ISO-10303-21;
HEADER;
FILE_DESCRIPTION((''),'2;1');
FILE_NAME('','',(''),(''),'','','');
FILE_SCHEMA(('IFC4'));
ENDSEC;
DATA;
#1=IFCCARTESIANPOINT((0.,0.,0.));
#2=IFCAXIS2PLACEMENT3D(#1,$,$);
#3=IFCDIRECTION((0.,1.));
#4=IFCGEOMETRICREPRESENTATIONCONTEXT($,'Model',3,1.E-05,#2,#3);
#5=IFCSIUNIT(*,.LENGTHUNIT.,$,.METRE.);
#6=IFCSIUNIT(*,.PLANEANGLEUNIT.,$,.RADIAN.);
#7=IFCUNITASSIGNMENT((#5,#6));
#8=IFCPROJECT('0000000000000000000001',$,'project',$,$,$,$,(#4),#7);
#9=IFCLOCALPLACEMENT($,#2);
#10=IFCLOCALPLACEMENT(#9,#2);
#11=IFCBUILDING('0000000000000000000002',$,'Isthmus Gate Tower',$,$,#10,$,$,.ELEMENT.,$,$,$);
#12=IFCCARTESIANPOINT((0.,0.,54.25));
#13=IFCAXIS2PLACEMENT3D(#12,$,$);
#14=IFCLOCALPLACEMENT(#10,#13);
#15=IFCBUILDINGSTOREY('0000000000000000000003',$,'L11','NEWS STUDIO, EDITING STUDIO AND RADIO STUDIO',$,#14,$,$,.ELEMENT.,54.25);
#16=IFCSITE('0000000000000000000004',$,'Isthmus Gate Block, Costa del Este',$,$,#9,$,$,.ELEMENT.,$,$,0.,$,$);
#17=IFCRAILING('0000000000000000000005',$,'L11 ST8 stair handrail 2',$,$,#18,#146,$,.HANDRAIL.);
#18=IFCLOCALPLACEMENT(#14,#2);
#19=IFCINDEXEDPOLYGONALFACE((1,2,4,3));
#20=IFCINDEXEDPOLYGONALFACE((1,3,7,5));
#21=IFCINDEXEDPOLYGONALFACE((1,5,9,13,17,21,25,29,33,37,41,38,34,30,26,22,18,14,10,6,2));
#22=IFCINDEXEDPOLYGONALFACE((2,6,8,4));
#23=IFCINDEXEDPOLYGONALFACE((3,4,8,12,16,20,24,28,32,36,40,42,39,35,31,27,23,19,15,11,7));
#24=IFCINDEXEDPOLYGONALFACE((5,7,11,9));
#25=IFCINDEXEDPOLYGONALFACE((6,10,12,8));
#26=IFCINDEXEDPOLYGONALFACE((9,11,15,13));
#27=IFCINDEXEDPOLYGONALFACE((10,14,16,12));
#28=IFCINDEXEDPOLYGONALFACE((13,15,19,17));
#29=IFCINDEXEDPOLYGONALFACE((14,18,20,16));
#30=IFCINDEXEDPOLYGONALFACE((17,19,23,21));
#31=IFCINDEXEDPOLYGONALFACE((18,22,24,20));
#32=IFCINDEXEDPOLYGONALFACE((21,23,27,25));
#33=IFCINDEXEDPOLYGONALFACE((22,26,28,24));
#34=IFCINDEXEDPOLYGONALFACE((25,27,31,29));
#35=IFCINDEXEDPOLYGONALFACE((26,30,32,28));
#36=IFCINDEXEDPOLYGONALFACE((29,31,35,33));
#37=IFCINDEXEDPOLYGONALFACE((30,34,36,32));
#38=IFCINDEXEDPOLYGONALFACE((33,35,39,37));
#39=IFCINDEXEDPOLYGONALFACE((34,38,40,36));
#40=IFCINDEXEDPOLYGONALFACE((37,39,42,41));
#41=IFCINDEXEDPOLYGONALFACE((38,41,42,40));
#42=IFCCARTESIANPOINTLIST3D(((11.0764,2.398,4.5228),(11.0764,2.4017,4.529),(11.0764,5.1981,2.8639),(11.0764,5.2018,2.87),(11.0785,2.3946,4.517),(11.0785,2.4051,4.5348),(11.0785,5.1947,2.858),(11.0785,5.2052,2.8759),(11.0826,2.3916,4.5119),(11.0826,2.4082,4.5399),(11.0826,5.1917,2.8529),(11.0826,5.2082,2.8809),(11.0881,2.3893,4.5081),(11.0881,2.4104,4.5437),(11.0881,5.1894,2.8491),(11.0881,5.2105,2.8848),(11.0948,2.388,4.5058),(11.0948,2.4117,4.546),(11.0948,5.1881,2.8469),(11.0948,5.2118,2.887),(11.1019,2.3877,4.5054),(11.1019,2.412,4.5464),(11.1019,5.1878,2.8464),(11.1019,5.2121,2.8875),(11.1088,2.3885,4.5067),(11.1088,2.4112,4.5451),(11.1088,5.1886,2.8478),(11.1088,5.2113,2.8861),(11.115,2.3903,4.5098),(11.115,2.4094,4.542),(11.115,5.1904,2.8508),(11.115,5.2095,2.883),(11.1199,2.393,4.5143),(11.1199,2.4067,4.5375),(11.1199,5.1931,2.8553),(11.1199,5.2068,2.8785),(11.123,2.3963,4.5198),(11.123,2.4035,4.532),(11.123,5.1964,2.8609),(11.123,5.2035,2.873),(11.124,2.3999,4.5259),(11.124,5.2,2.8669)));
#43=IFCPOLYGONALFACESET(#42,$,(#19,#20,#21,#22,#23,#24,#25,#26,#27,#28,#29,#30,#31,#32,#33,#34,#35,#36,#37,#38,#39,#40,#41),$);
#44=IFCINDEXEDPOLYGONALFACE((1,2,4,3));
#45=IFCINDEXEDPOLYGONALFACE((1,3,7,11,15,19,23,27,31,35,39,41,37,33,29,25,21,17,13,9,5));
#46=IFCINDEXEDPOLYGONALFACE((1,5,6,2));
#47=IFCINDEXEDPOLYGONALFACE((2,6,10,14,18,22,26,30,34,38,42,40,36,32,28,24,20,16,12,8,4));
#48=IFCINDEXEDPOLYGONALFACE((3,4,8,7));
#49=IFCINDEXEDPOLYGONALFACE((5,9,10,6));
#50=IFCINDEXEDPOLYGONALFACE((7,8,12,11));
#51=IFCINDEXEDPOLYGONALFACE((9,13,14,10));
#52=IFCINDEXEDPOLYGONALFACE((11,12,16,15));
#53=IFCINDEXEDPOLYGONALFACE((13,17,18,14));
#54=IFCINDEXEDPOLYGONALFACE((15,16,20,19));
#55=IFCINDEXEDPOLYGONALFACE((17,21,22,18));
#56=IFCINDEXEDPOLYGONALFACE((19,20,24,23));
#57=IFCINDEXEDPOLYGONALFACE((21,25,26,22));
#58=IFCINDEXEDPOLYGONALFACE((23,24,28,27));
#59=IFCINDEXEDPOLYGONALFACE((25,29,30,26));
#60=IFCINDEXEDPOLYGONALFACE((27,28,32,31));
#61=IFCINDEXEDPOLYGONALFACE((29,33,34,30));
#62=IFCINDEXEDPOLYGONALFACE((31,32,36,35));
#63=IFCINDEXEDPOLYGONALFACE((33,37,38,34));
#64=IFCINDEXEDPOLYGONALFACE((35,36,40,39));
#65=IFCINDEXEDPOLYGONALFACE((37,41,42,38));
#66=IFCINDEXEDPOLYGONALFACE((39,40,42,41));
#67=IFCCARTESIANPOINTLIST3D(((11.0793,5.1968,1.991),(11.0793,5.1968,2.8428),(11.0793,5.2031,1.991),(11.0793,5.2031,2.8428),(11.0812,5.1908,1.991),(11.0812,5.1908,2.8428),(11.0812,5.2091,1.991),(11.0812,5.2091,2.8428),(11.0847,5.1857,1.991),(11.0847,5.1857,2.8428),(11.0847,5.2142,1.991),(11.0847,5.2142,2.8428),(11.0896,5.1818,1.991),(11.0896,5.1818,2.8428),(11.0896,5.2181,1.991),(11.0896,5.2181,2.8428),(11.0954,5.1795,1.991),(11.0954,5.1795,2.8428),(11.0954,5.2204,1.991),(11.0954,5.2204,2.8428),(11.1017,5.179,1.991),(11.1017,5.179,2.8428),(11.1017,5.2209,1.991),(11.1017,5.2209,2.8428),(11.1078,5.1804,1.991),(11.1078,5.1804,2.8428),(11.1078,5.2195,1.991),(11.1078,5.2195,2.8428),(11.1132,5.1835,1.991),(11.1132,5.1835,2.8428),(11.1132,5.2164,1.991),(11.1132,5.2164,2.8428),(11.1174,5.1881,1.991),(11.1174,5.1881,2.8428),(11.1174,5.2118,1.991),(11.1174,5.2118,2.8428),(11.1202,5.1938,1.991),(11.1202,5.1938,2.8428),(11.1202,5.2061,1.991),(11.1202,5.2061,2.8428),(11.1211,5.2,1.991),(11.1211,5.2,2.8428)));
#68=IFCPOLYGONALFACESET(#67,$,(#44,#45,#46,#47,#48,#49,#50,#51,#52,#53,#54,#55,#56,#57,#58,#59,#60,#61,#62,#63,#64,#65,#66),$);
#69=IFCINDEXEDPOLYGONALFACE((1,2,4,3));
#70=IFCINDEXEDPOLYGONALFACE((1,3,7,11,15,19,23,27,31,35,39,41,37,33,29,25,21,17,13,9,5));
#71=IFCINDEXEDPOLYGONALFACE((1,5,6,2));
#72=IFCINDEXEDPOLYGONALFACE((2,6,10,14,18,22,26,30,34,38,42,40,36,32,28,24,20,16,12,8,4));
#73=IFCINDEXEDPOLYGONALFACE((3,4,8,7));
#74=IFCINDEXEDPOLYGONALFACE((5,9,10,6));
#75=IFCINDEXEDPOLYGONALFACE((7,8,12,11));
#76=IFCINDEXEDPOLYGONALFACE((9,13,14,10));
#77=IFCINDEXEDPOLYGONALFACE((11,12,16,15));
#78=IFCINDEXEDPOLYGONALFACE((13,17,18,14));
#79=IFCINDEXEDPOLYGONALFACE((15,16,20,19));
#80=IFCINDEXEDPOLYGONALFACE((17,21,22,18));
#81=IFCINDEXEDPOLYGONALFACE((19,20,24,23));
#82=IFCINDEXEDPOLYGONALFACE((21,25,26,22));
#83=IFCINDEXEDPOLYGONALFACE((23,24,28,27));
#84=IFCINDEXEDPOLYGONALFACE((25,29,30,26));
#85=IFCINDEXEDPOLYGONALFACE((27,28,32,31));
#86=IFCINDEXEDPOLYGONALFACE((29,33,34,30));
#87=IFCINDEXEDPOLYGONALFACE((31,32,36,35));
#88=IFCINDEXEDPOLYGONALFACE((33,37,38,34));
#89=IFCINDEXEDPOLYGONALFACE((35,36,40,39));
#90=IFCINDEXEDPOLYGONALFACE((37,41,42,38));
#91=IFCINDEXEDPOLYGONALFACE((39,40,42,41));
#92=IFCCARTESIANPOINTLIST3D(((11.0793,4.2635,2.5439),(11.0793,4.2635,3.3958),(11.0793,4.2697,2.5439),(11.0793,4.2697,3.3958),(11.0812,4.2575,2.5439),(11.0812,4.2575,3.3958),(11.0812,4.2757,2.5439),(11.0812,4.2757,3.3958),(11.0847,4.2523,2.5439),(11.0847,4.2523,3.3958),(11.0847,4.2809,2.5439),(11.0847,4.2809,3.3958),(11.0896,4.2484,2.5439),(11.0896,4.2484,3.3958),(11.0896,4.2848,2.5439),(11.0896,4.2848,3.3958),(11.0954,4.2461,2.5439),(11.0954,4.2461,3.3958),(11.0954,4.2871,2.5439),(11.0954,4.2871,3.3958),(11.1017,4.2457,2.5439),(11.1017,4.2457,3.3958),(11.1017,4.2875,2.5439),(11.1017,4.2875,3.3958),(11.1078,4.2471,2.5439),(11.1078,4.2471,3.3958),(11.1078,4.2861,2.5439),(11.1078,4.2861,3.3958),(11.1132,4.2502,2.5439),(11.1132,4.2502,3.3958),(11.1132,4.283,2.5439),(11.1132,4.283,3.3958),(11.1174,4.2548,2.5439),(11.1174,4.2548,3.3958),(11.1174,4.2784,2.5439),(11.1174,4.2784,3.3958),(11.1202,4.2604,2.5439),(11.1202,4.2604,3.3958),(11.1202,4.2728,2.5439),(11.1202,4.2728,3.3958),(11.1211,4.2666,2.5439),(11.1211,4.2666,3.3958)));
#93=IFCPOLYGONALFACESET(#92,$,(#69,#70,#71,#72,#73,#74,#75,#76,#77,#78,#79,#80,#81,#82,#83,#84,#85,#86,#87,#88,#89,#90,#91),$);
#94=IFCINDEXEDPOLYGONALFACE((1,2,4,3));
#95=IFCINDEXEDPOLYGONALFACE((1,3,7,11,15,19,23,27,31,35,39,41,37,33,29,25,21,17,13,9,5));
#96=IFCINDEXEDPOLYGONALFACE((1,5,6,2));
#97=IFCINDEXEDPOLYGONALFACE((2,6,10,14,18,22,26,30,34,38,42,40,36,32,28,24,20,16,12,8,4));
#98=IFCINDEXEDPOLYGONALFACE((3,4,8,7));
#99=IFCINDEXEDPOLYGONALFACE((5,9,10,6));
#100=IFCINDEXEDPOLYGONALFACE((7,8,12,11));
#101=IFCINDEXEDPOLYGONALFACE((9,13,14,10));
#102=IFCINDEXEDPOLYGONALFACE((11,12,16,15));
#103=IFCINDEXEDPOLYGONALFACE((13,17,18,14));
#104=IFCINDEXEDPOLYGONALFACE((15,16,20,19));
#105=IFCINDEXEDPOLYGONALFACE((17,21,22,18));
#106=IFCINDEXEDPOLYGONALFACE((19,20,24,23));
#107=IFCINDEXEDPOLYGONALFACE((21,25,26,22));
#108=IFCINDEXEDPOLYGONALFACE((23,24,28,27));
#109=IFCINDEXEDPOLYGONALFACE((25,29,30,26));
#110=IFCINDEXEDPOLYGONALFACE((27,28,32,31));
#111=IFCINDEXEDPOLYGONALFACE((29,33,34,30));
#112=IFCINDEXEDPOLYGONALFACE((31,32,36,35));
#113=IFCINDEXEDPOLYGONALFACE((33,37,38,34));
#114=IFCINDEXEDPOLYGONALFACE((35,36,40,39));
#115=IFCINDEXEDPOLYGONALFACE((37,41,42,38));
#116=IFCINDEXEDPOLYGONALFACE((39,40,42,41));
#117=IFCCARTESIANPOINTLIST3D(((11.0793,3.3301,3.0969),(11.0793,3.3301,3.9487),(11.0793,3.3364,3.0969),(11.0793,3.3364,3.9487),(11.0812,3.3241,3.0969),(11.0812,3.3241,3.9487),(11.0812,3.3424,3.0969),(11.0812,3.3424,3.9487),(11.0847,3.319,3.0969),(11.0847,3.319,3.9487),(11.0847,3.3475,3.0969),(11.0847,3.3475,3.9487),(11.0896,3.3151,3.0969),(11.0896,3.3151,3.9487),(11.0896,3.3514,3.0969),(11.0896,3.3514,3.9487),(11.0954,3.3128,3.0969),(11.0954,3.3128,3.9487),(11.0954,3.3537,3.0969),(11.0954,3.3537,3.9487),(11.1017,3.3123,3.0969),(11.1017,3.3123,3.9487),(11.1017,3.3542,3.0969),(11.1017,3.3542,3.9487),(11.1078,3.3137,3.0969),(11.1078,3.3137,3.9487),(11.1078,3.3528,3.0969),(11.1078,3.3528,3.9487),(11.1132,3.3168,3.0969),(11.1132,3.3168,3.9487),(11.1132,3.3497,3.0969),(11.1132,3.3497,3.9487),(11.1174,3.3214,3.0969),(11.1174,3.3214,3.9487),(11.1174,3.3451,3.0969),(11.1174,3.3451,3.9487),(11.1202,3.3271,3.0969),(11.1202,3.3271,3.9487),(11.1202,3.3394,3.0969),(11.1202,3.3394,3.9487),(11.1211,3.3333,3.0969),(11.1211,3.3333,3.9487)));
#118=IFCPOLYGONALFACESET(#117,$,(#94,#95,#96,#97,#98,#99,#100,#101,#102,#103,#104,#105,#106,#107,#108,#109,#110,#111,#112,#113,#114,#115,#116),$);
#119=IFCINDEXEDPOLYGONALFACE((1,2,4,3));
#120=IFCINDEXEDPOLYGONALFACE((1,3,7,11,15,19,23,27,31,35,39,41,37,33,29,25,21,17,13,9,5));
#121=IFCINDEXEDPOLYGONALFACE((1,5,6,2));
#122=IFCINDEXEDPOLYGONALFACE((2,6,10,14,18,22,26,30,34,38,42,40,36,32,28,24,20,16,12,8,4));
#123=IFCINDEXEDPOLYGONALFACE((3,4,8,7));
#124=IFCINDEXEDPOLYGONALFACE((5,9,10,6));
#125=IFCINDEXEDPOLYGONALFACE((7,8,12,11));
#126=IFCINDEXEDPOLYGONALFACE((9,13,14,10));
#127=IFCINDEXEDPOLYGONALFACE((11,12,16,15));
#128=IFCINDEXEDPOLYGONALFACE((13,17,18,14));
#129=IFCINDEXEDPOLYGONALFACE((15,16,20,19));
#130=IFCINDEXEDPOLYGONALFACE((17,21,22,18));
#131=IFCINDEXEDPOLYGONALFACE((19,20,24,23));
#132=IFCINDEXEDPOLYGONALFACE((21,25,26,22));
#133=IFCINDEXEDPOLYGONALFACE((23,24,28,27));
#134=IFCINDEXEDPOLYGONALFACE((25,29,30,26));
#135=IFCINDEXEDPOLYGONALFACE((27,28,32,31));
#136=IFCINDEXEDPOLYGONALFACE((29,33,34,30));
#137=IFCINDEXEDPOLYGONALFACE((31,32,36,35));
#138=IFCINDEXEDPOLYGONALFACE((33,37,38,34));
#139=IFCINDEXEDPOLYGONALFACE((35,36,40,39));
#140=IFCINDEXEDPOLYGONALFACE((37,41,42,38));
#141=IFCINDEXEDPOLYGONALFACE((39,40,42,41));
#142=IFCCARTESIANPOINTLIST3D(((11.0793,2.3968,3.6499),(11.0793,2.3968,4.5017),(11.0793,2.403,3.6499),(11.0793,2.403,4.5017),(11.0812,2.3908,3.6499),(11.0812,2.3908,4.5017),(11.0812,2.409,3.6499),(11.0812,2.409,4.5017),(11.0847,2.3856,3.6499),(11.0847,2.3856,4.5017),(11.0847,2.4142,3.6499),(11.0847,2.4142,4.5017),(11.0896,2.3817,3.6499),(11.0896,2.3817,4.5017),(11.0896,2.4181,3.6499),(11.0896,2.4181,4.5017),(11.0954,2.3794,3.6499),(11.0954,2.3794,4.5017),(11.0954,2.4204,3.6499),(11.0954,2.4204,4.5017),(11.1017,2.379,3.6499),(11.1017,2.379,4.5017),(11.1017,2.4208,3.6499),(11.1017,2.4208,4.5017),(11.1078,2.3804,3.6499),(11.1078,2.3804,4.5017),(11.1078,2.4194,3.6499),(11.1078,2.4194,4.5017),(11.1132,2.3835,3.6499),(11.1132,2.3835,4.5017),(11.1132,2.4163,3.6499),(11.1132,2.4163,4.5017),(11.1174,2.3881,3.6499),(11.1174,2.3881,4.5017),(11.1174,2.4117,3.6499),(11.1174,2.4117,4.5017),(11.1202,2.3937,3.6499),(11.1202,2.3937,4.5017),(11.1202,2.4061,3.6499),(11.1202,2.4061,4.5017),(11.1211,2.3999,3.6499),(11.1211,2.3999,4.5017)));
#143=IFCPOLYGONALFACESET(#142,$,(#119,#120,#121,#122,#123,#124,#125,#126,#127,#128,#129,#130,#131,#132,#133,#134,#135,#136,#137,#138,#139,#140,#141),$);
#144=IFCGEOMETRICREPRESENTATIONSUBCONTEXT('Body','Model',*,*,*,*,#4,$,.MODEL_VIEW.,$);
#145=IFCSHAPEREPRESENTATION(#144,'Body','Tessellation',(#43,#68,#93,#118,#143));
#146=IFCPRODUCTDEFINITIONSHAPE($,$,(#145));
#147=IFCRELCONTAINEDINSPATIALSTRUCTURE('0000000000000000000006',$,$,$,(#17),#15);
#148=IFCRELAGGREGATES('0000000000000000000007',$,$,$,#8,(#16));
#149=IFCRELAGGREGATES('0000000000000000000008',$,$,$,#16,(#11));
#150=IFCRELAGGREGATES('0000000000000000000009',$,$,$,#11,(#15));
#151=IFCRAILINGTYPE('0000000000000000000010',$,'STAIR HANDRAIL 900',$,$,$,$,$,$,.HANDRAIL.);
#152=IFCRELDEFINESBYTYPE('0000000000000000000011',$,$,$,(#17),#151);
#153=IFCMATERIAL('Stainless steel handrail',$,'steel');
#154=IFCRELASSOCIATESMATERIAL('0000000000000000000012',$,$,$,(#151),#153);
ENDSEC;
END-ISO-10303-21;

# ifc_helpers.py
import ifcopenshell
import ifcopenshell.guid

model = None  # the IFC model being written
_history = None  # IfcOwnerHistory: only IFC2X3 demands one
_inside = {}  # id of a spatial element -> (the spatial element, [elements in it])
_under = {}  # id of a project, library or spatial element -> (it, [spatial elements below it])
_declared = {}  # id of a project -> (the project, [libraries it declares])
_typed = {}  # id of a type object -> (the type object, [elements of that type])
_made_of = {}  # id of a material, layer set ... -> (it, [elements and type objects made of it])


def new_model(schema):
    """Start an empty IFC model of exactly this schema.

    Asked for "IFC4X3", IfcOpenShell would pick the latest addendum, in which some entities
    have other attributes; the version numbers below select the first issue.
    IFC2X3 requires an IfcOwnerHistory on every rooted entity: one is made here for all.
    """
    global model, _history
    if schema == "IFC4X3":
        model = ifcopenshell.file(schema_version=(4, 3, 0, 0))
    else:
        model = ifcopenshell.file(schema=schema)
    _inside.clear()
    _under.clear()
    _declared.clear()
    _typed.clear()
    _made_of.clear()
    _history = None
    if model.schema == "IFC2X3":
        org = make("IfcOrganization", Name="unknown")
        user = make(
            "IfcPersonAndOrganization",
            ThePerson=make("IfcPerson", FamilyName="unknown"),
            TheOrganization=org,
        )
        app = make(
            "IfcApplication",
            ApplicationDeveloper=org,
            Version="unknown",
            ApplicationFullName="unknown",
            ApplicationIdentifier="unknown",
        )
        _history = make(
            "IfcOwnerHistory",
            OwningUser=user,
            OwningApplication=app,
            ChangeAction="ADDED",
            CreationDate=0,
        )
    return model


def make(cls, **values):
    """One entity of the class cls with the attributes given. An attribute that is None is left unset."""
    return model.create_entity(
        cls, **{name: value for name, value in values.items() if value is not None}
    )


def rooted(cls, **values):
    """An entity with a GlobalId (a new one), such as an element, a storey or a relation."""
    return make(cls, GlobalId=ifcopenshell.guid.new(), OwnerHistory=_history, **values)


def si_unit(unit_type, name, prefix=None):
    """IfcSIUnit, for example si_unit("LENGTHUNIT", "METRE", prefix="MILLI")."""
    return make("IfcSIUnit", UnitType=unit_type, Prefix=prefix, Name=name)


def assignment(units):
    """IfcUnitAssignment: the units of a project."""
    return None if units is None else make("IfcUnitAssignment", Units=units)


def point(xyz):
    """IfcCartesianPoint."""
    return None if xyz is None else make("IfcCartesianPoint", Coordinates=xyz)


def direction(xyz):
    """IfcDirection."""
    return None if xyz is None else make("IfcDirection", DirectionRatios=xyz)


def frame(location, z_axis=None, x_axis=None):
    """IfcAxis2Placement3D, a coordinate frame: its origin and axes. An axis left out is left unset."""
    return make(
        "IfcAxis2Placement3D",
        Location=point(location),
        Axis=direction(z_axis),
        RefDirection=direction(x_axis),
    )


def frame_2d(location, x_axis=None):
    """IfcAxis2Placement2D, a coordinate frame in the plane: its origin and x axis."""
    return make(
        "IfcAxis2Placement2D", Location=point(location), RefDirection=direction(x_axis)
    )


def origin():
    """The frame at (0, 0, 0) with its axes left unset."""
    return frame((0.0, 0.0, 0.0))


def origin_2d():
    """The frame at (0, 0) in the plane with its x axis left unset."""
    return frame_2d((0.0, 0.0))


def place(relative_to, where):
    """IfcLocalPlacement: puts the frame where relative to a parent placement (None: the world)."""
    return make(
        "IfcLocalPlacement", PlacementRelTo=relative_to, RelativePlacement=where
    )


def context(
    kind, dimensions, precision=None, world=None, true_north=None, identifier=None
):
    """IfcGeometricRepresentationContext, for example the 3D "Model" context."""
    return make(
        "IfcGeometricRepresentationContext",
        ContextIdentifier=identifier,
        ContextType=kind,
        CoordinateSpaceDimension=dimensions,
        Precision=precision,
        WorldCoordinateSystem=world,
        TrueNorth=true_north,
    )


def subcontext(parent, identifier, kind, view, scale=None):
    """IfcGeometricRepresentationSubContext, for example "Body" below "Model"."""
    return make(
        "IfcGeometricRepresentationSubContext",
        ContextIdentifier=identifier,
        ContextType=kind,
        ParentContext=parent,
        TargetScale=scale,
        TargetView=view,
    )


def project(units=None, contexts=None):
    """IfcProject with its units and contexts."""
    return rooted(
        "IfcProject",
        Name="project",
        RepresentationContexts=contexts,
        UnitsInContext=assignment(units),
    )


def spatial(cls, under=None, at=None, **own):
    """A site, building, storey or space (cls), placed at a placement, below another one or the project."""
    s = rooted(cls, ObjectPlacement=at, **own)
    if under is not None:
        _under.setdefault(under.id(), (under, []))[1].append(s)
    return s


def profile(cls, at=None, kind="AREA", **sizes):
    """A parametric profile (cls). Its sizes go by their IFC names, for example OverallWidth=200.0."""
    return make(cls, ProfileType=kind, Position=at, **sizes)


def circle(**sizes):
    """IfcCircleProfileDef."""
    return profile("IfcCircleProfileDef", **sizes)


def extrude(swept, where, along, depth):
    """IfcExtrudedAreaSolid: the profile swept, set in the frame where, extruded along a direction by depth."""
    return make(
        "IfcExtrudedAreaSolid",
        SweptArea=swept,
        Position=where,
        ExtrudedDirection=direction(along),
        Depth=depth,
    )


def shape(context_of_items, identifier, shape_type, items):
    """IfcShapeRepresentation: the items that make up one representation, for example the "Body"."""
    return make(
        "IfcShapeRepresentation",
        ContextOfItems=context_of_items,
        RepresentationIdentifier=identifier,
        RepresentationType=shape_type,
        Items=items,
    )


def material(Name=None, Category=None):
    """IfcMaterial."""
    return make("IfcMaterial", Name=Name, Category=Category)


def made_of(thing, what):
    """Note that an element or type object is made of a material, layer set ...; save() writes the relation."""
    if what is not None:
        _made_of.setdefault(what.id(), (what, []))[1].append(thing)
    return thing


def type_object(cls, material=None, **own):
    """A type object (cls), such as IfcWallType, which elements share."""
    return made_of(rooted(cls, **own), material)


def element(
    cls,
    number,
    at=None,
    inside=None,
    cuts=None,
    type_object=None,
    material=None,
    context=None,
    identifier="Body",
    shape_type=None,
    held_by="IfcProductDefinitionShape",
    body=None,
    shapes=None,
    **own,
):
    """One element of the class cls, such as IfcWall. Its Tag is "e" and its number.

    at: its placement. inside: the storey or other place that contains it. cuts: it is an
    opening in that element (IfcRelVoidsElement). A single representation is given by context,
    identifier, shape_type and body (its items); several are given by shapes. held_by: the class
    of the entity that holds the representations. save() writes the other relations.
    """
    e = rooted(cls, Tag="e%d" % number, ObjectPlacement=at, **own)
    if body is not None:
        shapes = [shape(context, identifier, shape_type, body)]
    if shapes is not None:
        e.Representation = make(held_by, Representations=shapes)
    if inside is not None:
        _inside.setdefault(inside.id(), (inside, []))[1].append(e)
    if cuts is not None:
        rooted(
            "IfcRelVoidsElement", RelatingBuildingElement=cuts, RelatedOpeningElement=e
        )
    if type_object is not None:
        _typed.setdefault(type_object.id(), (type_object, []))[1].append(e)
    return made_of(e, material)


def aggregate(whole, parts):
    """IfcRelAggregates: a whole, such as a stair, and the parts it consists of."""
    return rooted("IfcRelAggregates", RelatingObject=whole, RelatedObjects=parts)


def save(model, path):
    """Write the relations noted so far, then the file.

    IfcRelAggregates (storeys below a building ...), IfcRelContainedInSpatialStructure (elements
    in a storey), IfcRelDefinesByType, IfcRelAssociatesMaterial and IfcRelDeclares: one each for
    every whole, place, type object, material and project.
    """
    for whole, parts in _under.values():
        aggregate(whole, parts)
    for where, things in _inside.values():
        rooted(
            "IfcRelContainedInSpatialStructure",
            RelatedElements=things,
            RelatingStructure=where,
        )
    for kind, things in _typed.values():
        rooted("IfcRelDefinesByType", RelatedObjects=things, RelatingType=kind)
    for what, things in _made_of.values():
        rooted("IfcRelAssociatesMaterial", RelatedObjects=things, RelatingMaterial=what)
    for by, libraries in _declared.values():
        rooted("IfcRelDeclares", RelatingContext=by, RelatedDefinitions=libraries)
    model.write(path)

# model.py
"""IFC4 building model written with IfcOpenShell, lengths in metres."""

from ifc_helpers import new_model, si_unit, direction, frame, origin, origin_2d, place, context, subcontext, project, spatial, circle, extrude, material, type_object, element, save


model = new_model("IFC4")

# Units and contexts
model_context = context("Model", 3, precision=1e-05, world=origin(), true_north=direction((0.0, 1.0)))
body_context = subcontext(model_context, "Body", "Model", "MODEL_VIEW")
ifc_project = project(units=[si_unit("LENGTHUNIT", "METRE"), si_unit("PLANEANGLEUNIT", "RADIAN")], contexts=[model_context])

# Site, building, storey
site_placement = place(None, origin())
site = spatial("IfcSite", under=ifc_project, at=site_placement, Name="Isthmus Gate Block, Costa del Este", CompositionType="ELEMENT", RefElevation=0.0)
building_placement = place(site_placement, origin())
building = spatial("IfcBuilding", under=site, at=building_placement, Name="Isthmus Gate Tower", CompositionType="ELEMENT")
storey_placement = place(building_placement, frame((0.0, 0.0, 54.25)))
storey = spatial("IfcBuildingStorey", under=building, at=storey_placement, Name="L11", Description="NEWS STUDIO, EDITING STUDIO AND RADIO STUDIO", CompositionType="ELEMENT", Elevation=54.25)

# Railing
ifc_material_1 = material(Name="Stainless steel handrail", Category="steel")
railing_type_1 = type_object("IfcRailingType", Name="STAIR HANDRAIL 900", PredefinedType="HANDRAIL", material=ifc_material_1)
railing_1_placement = place(storey_placement, frame((11.1001, 5.2, 1.991)))
element("IfcRailing", 1, at=railing_1_placement, inside=storey, type_object=railing_type_1, Name="L11 ST8 stair handrail 2", PredefinedType="HANDRAIL", context=body_context, shape_type="SweptSolid", body=[
    extrude(circle(Radius=0.0239, at=origin_2d()), frame((0.0, 0.0, 0.876), z_axis=(0.0, -0.860339, 0.509722), x_axis=(1.0, 0.0, 0.0)), (0.0, 0.0, 1.0), 3.2546),
    extrude(circle(Radius=0.021, at=origin_2d()), origin(), (0.0, 0.0, 1.0), 0.8518),
    extrude(circle(Radius=0.021, at=origin_2d()), frame((0.0, -0.9333, 0.553)), (0.0, 0.0, 1.0), 0.8518),
    extrude(circle(Radius=0.021, at=origin_2d()), frame((0.0, -1.8667, 1.106)), (0.0, 0.0, 1.0), 0.8518),
    extrude(circle(Radius=0.021, at=origin_2d()), frame((0.0, -2.8, 1.6589)), (0.0, 0.0, 1.0), 0.8518),
])

save(model, "model.ifc")
